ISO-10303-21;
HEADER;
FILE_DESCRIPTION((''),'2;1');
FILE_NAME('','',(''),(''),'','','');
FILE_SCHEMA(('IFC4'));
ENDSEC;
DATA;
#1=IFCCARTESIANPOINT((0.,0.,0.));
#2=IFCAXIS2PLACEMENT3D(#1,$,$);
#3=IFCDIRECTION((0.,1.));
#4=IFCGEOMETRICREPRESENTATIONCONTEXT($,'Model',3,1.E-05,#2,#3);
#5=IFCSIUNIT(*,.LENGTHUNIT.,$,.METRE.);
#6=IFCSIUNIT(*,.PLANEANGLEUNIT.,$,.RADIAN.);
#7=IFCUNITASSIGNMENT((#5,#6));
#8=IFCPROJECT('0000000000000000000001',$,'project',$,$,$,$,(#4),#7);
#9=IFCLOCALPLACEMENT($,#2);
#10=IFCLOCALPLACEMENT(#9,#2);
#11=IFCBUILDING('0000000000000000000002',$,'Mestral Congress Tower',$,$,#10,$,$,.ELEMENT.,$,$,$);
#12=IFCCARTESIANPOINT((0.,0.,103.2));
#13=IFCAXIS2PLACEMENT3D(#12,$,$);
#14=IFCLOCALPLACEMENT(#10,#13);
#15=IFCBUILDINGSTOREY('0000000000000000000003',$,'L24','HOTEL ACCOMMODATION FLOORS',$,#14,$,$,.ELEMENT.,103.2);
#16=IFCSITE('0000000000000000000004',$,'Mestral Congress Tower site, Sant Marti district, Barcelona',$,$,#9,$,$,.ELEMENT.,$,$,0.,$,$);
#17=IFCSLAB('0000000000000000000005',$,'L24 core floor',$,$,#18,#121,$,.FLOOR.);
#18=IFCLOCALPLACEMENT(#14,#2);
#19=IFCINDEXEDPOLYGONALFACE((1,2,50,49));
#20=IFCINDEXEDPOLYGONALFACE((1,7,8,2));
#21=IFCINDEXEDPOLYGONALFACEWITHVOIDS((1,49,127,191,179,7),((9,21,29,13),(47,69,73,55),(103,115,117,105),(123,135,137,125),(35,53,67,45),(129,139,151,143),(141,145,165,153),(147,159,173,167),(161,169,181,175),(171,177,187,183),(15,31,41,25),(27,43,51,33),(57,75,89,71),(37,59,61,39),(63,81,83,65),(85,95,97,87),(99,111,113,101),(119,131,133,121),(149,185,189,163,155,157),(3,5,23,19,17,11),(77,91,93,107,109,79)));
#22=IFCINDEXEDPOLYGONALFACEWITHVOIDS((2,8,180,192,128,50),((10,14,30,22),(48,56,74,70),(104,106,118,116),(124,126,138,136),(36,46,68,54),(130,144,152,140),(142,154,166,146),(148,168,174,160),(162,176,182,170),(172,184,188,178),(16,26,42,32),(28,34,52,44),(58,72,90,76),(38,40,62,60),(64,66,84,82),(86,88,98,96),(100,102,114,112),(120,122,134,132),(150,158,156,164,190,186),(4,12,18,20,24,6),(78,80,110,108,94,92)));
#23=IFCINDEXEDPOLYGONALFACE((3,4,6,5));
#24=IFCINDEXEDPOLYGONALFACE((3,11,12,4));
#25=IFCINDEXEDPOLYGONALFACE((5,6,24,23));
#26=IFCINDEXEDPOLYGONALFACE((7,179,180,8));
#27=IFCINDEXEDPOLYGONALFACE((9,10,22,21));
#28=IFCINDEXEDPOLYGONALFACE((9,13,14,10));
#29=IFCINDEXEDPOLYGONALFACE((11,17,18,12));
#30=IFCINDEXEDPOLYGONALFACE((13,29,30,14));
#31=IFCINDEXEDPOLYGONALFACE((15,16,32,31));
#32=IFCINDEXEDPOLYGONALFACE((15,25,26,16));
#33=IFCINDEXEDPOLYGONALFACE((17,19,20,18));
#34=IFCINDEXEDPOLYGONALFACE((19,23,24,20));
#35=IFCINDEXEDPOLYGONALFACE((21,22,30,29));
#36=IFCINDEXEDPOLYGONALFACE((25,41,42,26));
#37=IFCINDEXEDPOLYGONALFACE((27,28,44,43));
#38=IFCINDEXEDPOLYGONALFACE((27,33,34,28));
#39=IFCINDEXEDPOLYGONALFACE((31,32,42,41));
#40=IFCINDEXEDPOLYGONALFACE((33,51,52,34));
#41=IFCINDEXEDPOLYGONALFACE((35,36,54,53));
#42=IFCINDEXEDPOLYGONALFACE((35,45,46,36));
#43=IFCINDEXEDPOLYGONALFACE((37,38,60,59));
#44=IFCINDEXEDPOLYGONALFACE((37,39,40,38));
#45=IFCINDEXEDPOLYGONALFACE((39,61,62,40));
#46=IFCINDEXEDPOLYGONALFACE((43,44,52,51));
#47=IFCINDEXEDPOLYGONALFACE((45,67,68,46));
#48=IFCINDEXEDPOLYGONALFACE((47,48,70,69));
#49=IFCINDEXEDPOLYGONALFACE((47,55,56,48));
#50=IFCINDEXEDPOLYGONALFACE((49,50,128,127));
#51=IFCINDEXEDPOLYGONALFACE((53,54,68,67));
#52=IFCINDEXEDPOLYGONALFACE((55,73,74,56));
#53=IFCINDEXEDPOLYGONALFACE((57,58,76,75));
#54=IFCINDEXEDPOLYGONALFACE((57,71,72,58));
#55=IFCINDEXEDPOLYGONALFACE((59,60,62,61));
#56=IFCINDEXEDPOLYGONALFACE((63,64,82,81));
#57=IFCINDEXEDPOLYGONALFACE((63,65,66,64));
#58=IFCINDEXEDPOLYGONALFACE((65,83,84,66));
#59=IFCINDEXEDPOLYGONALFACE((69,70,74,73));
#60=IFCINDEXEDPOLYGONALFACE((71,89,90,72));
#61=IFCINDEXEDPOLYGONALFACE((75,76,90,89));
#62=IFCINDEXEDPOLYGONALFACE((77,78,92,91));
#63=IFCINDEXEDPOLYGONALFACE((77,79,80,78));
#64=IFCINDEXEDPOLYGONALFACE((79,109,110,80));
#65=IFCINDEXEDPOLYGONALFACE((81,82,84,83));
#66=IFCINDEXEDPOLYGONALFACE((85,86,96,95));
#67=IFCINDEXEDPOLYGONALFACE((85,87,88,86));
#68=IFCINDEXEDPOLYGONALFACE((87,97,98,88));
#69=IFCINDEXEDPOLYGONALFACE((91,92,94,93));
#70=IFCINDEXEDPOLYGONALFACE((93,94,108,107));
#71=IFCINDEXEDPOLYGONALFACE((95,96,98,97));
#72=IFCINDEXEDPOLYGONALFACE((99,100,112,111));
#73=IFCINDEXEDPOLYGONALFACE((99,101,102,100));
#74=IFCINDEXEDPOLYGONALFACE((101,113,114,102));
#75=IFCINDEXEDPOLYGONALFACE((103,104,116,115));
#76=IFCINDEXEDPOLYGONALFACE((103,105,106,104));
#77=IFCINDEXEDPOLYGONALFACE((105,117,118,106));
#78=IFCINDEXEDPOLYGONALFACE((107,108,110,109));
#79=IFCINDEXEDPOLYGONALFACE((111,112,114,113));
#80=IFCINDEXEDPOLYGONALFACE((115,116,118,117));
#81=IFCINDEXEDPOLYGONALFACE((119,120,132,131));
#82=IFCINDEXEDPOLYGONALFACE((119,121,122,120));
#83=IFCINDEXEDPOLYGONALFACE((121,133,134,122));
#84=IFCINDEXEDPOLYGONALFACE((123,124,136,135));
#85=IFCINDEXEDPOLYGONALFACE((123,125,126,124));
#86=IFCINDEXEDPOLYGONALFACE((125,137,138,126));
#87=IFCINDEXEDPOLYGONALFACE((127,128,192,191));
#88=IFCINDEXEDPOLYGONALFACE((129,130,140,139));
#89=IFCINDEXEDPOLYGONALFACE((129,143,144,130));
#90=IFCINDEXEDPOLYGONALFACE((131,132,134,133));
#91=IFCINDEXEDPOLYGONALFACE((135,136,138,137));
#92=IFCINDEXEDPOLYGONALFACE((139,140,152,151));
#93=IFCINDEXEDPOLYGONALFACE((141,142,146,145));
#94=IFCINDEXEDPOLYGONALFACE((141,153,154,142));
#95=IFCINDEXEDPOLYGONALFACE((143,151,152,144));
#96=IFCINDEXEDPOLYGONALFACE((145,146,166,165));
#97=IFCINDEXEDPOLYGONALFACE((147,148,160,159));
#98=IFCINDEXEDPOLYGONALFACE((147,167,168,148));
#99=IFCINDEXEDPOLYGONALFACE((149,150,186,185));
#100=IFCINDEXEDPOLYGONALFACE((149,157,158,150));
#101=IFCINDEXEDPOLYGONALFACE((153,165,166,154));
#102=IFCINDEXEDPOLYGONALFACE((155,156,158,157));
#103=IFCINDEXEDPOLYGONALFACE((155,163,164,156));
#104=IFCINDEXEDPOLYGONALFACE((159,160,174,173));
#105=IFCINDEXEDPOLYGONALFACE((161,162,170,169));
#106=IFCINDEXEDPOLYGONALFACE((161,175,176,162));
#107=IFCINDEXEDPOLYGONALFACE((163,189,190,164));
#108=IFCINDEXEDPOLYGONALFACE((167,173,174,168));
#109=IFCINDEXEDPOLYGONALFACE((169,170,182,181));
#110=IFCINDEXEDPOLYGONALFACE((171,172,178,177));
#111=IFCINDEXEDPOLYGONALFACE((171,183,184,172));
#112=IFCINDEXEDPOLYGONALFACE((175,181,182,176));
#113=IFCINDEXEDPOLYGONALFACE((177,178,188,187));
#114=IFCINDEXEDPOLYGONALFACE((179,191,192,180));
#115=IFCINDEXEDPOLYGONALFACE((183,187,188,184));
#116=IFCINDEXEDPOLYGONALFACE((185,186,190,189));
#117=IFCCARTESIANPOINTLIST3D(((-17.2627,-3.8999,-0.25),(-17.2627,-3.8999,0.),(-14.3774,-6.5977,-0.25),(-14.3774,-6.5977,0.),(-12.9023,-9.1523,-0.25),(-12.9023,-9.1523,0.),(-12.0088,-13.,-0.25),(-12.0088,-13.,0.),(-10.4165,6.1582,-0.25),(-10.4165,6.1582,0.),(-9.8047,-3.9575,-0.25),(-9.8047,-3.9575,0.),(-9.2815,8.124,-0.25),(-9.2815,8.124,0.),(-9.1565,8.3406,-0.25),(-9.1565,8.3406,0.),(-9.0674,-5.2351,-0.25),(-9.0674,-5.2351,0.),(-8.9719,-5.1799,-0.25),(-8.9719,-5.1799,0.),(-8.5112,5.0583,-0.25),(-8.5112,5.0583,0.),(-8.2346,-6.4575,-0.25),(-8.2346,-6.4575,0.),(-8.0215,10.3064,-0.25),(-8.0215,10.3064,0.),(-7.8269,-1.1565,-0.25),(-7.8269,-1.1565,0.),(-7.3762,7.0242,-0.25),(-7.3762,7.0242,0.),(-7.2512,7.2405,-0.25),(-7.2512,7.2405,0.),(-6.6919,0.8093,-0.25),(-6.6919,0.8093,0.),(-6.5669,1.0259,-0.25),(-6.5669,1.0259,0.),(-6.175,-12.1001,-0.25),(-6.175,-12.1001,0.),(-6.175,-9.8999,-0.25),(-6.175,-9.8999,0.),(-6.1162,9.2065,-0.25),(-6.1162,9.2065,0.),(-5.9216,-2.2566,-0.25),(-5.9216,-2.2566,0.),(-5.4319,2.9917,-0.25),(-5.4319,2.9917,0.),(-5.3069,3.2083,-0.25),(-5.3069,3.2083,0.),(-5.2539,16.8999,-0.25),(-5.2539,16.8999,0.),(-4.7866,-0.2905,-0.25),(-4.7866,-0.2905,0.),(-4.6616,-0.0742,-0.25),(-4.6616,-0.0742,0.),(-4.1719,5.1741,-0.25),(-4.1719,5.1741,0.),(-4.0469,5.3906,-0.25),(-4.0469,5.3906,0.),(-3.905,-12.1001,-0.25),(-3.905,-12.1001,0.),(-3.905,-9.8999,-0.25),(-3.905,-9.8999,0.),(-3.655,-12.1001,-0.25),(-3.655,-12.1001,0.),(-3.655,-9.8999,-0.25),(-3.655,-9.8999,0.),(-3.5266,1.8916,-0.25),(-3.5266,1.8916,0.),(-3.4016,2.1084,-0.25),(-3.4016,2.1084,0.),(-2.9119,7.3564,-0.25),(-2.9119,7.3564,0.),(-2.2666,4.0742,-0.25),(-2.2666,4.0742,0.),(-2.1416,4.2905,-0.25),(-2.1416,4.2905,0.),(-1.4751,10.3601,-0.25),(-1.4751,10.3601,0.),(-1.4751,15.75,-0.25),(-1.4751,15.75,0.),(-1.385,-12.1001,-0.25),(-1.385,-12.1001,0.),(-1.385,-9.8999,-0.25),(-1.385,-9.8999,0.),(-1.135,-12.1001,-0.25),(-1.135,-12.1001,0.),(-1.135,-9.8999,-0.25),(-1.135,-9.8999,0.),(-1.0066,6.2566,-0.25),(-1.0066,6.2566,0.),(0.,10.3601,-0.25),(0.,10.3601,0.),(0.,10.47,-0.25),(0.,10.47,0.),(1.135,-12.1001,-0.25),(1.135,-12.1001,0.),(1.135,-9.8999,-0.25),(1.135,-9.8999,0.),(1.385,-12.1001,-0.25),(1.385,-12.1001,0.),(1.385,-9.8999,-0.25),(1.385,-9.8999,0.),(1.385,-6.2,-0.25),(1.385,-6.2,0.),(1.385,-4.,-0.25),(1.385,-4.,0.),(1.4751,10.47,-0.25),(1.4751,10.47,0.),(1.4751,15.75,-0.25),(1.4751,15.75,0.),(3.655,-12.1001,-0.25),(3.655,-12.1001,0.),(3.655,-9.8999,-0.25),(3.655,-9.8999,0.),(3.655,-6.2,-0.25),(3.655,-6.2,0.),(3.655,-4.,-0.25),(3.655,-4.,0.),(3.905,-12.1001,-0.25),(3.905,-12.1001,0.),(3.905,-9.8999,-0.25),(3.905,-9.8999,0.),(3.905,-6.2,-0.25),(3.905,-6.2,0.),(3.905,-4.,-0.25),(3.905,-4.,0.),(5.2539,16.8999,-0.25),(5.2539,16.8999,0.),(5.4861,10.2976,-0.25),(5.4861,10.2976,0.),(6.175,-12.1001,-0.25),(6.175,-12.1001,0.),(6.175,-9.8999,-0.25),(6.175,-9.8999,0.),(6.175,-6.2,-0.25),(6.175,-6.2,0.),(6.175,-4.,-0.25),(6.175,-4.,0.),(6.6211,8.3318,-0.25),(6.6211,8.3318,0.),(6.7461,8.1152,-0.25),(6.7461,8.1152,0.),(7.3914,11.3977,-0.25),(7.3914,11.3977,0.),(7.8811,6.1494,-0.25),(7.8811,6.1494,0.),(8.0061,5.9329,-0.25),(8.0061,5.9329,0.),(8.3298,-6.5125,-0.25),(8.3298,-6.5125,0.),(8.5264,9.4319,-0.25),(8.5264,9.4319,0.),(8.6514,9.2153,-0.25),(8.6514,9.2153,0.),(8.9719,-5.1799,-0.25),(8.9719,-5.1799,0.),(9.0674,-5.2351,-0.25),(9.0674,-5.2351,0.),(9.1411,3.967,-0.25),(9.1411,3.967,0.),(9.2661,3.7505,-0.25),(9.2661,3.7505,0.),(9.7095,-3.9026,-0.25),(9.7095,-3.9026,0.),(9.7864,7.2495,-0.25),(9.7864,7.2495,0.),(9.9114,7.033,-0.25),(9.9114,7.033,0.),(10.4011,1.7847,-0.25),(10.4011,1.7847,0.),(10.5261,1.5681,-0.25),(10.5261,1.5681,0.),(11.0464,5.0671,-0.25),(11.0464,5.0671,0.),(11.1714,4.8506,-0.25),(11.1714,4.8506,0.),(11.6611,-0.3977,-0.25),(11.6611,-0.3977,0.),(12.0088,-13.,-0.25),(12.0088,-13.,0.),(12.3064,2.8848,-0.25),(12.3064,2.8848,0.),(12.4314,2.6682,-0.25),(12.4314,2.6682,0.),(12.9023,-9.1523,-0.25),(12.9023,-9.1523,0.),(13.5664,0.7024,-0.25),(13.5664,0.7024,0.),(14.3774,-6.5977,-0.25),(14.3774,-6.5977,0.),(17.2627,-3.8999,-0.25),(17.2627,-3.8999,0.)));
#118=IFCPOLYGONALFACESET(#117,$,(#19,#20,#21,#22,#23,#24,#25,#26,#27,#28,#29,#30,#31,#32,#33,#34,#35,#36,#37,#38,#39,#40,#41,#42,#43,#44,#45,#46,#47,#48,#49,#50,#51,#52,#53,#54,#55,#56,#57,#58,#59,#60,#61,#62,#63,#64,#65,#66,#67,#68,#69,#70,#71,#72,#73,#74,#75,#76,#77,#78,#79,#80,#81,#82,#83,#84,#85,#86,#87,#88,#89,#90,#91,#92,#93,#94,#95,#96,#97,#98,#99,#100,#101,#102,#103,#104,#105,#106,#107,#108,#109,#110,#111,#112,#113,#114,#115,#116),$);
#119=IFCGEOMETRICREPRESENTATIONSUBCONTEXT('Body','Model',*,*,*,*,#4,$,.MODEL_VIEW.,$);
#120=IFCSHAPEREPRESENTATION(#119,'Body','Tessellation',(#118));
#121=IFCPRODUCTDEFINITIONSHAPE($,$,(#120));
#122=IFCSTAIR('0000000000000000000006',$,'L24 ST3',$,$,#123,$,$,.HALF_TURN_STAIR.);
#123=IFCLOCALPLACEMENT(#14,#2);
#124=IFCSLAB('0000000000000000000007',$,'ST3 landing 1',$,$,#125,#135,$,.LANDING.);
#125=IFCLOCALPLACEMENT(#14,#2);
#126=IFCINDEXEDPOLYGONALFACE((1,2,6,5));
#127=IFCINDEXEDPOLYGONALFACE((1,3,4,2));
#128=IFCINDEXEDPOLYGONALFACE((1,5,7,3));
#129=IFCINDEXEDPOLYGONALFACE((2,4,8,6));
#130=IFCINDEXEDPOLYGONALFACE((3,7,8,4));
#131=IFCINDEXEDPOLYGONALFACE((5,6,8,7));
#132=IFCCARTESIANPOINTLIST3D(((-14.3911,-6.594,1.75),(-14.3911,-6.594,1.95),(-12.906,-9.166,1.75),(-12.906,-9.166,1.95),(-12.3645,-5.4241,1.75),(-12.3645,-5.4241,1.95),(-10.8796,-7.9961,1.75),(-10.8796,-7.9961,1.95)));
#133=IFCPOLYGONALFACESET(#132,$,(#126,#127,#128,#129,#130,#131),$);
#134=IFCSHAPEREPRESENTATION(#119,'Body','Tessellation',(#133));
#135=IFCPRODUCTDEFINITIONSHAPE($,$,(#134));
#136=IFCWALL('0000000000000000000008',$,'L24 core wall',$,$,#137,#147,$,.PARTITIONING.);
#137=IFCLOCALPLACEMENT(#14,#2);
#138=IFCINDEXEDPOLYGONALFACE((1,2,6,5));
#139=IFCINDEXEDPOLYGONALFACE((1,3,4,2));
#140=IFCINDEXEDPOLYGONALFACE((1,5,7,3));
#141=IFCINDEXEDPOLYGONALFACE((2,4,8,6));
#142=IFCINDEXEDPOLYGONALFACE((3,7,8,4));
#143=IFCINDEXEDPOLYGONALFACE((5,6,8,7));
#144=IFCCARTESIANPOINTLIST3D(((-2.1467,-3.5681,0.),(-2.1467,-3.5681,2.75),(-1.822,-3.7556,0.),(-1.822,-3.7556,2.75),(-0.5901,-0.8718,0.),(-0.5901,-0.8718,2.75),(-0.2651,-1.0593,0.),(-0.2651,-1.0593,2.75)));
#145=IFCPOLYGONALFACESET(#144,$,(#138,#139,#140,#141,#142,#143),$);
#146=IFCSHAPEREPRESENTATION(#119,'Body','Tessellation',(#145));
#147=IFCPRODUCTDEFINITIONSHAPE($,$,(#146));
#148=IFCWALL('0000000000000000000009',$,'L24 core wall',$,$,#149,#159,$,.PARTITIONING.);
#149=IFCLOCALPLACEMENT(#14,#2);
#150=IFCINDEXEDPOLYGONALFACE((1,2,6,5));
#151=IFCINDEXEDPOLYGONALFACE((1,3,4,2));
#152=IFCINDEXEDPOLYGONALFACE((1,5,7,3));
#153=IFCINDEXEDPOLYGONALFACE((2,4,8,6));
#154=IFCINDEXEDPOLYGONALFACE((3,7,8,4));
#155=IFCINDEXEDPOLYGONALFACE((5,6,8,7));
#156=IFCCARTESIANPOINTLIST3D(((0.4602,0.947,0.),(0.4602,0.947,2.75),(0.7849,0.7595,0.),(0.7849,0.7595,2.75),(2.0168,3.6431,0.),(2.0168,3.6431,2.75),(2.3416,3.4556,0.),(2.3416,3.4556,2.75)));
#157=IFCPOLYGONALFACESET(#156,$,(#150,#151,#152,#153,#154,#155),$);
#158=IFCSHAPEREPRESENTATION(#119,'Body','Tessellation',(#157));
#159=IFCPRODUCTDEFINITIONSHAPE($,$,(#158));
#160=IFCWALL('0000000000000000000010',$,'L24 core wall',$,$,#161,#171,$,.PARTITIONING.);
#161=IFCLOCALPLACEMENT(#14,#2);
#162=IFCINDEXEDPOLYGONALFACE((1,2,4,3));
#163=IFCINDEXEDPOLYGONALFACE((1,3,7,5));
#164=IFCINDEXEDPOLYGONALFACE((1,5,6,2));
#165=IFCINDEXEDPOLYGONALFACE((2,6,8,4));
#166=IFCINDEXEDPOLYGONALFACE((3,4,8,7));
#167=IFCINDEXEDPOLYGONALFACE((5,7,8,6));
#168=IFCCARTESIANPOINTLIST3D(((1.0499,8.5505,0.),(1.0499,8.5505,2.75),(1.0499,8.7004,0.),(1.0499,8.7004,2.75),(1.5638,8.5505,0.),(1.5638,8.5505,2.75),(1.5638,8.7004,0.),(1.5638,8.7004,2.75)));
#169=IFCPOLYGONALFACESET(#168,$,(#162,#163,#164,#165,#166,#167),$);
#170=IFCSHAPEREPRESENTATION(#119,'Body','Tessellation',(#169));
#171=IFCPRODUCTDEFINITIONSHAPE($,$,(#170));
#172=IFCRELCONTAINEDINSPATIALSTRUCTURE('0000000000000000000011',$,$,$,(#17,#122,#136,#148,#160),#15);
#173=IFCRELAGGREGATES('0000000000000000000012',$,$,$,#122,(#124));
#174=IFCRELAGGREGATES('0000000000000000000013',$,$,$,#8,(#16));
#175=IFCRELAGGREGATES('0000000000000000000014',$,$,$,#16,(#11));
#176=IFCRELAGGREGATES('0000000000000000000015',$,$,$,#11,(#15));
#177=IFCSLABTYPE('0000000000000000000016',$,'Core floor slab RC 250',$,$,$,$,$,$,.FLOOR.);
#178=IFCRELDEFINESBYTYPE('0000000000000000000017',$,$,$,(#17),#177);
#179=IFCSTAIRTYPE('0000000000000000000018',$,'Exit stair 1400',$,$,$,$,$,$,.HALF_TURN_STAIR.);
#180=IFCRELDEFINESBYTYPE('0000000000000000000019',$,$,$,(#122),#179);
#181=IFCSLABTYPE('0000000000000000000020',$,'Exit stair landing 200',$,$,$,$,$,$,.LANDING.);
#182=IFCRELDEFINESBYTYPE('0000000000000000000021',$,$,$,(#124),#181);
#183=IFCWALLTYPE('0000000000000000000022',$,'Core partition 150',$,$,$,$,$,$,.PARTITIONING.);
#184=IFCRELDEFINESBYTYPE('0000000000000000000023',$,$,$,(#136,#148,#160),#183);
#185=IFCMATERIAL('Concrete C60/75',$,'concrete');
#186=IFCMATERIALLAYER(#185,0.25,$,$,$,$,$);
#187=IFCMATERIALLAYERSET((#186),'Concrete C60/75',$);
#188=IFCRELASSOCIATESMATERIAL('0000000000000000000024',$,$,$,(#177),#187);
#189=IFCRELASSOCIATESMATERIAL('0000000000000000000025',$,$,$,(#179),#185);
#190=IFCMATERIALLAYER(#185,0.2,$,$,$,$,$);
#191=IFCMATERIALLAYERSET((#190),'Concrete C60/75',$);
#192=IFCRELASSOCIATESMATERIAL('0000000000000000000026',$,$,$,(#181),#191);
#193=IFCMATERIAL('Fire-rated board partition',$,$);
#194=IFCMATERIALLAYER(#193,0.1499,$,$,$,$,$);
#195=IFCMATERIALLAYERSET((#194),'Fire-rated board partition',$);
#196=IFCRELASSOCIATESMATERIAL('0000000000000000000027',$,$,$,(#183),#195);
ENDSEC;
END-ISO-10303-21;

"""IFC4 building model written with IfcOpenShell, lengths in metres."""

from ifc_helpers import new_model, si_unit, direction, frame, frame_2d, origin, place, context, subcontext, project, spatial, polyline, rectangle, outline, extrude, material, layer, layer_set, type_object, element, aggregate, save


model = new_model("IFC4")

# Units and contexts
model_context = context("Model", 3, precision=1e-05, world=origin(), true_north=direction((0.0, 1.0)))
body_context = subcontext(model_context, "Body", "Model", "MODEL_VIEW")
ifc_project = project(units=[si_unit("LENGTHUNIT", "METRE"), si_unit("PLANEANGLEUNIT", "RADIAN")], contexts=[model_context])

# Site, building, storey
site_placement = place(None, origin())
site = spatial("IfcSite", under=ifc_project, at=site_placement, Name="Mestral Congress Tower site, Sant Marti district, Barcelona", CompositionType="ELEMENT", RefElevation=0.0)
building_placement = place(site_placement, origin())
building = spatial("IfcBuilding", under=site, at=building_placement, Name="Mestral Congress Tower", CompositionType="ELEMENT")
storey_placement = place(building_placement, frame((0.0, 0.0, 103.2)))
storey = spatial("IfcBuildingStorey", under=building, at=storey_placement, Name="L24", Description="HOTEL ACCOMMODATION FLOORS", CompositionType="ELEMENT", Elevation=103.2)

# Slab
ifc_material_1 = material(Name="Concrete C60/75", Category="concrete")
ifc_layer_1 = layer(ifc_material_1, 0.25)
ifc_layer_set_1 = layer_set([ifc_layer_1], Name="Concrete C60/75")
slab_type_1 = type_object("IfcSlabType", Name="Core floor slab RC 250", PredefinedType="FLOOR", material=ifc_layer_set_1)
slab_1_placement = place(storey_placement, frame((0.0, 0.0, -0.25)))
element("IfcSlab", 1, at=slab_1_placement, inside=storey, type_object=slab_type_1, Name="L24 core floor", PredefinedType="FLOOR", context=body_context, shape_type="SweptSolid", body=[
    extrude(outline(polyline([(12.0088, -13.0), (-12.0088, -13.0), (-17.2627, -3.8999), (-5.2539, 16.8999), (5.2539, 16.8999), (17.2627, -3.8999), (12.0088, -13.0)]), holes=[polyline([(-3.905, -9.8999), (-6.175, -9.8999), (-6.175, -12.1001), (-3.905, -12.1001), (-3.905, -9.8999)]), polyline([(-1.385, -9.8999), (-3.655, -9.8999), (-3.655, -12.1001), (-1.385, -12.1001), (-1.385, -9.8999)]), polyline([(1.135, -9.8999), (-1.135, -9.8999), (-1.135, -12.1001), (1.135, -12.1001), (1.135, -9.8999)]), polyline([(-9.0674, -5.2351), (-9.8047, -3.9575), (-14.3774, -6.5977), (-12.9023, -9.1523), (-8.2346, -6.4575), (-8.9719, -5.1799), (-9.0674, -5.2351)]), polyline([(-7.8269, -1.1565), (-5.9216, -2.2566), (-4.7866, -0.2905), (-6.6919, 0.8093), (-7.8269, -1.1565)]), polyline([(-4.6616, -0.0742), (-3.5266, 1.8916), (-5.4319, 2.9917), (-6.5669, 1.0259), (-4.6616, -0.0742)]), polyline([(-3.4016, 2.1084), (-2.2666, 4.0742), (-4.1719, 5.1741), (-5.3069, 3.2083), (-3.4016, 2.1084)]), polyline([(-2.1416, 4.2905), (-1.0066, 6.2566), (-2.9119, 7.3564), (-4.0469, 5.3906), (-2.1416, 4.2905)]), polyline([(-10.4165, 6.1582), (-8.5112, 5.0583), (-7.3762, 7.0242), (-9.2815, 8.124), (-10.4165, 6.1582)]), polyline([(-9.1565, 8.3406), (-7.2512, 7.2405), (-6.1162, 9.2065), (-8.0215, 10.3064), (-9.1565, 8.3406)]), polyline([(1.4751, 10.47), (1.4751, 15.75), (-1.4751, 15.75), (-1.4751, 10.3601), (0.0, 10.3601), (0.0, 10.47), (1.4751, 10.47)]), polyline([(3.655, -9.8999), (1.385, -9.8999), (1.385, -12.1001), (3.655, -12.1001), (3.655, -9.8999)]), polyline([(6.175, -9.8999), (3.905, -9.8999), (3.905, -12.1001), (6.175, -12.1001), (6.175, -9.8999)]), polyline([(9.0674, -5.2351), (8.3298, -6.5125), (12.9023, -9.1523), (14.3774, -6.5977), (9.7095, -3.9026), (8.9719, -5.1799), (9.0674, -5.2351)]), polyline([(3.655, -6.2), (3.655, -4.0), (1.385, -4.0), (1.385, -6.2), (3.655, -6.2)]), polyline([(6.175, -4.0), (3.905, -4.0), (3.905, -6.2), (6.175, -6.2), (6.175, -4.0)]), polyline([(12.4314, 2.6682), (10.5261, 1.5681), (11.6611, -0.3977), (13.5664, 0.7024), (12.4314, 2.6682)]), polyline([(11.1714, 4.8506), (9.2661, 3.7505), (10.4011, 1.7847), (12.3064, 2.8848), (11.1714, 4.8506)]), polyline([(8.0061, 5.9329), (9.1411, 3.967), (11.0464, 5.0671), (9.9114, 7.033), (8.0061, 5.9329)]), polyline([(8.6514, 9.2153), (6.7461, 8.1152), (7.8811, 6.1494), (9.7864, 7.2495), (8.6514, 9.2153)]), polyline([(7.3914, 11.3977), (5.4861, 10.2976), (6.6211, 8.3318), (8.5264, 9.4319), (7.3914, 11.3977)])]), origin(), (0.0, 0.0, 1.0), 0.25),
])

# Stair, slab
stair_type = type_object("IfcStairType", Name="Exit stair 1400", PredefinedType="HALF_TURN_STAIR", material=ifc_material_1)
placement = place(storey_placement, origin())
stair_1 = element("IfcStair", 2, at=placement, inside=storey, type_object=stair_type, Name="L24 ST3", PredefinedType="HALF_TURN_STAIR")
ifc_layer_2 = layer(ifc_material_1, 0.2)
ifc_layer_set_2 = layer_set([ifc_layer_2], Name="Concrete C60/75")
slab_type_2 = type_object("IfcSlabType", Name="Exit stair landing 200", PredefinedType="LANDING", material=ifc_layer_set_2)
slab_2_placement = place(storey_placement, frame((0.0, 0.0, 1.75)))
slab_2 = element("IfcSlab", 3, at=slab_2_placement, type_object=slab_type_2, Name="ST3 landing 1", PredefinedType="LANDING", context=body_context, shape_type="SweptSolid", body=[
    extrude(outline(polyline([(-12.3645, -5.4241), (-10.8796, -7.9961), (-12.906, -9.166), (-14.3911, -6.594), (-12.3645, -5.4241)])), origin(), (0.0, 0.0, 1.0), 0.2),
])
aggregate(stair_1, [slab_2])

# Walls
ifc_material_2 = material(Name="Fire-rated board partition")
ifc_layer_3 = layer(ifc_material_2, 0.1499)
ifc_layer_set_3 = layer_set([ifc_layer_3], Name="Fire-rated board partition")
wall_type_1 = type_object("IfcWallType", Name="Core partition 150", PredefinedType="PARTITIONING", material=ifc_layer_set_3)
element("IfcWall", 4, at=placement, inside=storey, type_object=wall_type_1, Name="L24 core wall", PredefinedType="PARTITIONING", context=body_context, shape_type="SweptSolid", body=[
    extrude(outline(polyline([(-0.5901, -0.8718), (-0.2651, -1.0593), (-1.822, -3.7556), (-2.1467, -3.5681), (-0.5901, -0.8718)])), origin(), (0.0, 0.0, 1.0), 2.75),
])
element("IfcWall", 5, at=placement, inside=storey, type_object=wall_type_1, Name="L24 core wall", PredefinedType="PARTITIONING", context=body_context, shape_type="SweptSolid", body=[
    extrude(outline(polyline([(2.0168, 3.6431), (2.3416, 3.4556), (0.7849, 0.7595), (0.4602, 0.947), (2.0168, 3.6431)])), origin(), (0.0, 0.0, 1.0), 2.75),
])
wall_1_placement = place(storey_placement, frame((1.05, 8.6255, 0.0), z_axis=(0.0, 0.0, 1.0), x_axis=(1.0, 0.0, 0.0)))
element("IfcWall", 6, at=wall_1_placement, inside=storey, type_object=wall_type_1, Name="L24 core wall", PredefinedType="PARTITIONING", context=body_context, shape_type="SweptSolid", body=[
    extrude(rectangle(XDim=0.5139, YDim=0.1499, at=frame_2d((0.2568, 0.0))), origin(), (0.0, 0.0, 1.0), 2.75),
])

save(model, "model.ifc")
